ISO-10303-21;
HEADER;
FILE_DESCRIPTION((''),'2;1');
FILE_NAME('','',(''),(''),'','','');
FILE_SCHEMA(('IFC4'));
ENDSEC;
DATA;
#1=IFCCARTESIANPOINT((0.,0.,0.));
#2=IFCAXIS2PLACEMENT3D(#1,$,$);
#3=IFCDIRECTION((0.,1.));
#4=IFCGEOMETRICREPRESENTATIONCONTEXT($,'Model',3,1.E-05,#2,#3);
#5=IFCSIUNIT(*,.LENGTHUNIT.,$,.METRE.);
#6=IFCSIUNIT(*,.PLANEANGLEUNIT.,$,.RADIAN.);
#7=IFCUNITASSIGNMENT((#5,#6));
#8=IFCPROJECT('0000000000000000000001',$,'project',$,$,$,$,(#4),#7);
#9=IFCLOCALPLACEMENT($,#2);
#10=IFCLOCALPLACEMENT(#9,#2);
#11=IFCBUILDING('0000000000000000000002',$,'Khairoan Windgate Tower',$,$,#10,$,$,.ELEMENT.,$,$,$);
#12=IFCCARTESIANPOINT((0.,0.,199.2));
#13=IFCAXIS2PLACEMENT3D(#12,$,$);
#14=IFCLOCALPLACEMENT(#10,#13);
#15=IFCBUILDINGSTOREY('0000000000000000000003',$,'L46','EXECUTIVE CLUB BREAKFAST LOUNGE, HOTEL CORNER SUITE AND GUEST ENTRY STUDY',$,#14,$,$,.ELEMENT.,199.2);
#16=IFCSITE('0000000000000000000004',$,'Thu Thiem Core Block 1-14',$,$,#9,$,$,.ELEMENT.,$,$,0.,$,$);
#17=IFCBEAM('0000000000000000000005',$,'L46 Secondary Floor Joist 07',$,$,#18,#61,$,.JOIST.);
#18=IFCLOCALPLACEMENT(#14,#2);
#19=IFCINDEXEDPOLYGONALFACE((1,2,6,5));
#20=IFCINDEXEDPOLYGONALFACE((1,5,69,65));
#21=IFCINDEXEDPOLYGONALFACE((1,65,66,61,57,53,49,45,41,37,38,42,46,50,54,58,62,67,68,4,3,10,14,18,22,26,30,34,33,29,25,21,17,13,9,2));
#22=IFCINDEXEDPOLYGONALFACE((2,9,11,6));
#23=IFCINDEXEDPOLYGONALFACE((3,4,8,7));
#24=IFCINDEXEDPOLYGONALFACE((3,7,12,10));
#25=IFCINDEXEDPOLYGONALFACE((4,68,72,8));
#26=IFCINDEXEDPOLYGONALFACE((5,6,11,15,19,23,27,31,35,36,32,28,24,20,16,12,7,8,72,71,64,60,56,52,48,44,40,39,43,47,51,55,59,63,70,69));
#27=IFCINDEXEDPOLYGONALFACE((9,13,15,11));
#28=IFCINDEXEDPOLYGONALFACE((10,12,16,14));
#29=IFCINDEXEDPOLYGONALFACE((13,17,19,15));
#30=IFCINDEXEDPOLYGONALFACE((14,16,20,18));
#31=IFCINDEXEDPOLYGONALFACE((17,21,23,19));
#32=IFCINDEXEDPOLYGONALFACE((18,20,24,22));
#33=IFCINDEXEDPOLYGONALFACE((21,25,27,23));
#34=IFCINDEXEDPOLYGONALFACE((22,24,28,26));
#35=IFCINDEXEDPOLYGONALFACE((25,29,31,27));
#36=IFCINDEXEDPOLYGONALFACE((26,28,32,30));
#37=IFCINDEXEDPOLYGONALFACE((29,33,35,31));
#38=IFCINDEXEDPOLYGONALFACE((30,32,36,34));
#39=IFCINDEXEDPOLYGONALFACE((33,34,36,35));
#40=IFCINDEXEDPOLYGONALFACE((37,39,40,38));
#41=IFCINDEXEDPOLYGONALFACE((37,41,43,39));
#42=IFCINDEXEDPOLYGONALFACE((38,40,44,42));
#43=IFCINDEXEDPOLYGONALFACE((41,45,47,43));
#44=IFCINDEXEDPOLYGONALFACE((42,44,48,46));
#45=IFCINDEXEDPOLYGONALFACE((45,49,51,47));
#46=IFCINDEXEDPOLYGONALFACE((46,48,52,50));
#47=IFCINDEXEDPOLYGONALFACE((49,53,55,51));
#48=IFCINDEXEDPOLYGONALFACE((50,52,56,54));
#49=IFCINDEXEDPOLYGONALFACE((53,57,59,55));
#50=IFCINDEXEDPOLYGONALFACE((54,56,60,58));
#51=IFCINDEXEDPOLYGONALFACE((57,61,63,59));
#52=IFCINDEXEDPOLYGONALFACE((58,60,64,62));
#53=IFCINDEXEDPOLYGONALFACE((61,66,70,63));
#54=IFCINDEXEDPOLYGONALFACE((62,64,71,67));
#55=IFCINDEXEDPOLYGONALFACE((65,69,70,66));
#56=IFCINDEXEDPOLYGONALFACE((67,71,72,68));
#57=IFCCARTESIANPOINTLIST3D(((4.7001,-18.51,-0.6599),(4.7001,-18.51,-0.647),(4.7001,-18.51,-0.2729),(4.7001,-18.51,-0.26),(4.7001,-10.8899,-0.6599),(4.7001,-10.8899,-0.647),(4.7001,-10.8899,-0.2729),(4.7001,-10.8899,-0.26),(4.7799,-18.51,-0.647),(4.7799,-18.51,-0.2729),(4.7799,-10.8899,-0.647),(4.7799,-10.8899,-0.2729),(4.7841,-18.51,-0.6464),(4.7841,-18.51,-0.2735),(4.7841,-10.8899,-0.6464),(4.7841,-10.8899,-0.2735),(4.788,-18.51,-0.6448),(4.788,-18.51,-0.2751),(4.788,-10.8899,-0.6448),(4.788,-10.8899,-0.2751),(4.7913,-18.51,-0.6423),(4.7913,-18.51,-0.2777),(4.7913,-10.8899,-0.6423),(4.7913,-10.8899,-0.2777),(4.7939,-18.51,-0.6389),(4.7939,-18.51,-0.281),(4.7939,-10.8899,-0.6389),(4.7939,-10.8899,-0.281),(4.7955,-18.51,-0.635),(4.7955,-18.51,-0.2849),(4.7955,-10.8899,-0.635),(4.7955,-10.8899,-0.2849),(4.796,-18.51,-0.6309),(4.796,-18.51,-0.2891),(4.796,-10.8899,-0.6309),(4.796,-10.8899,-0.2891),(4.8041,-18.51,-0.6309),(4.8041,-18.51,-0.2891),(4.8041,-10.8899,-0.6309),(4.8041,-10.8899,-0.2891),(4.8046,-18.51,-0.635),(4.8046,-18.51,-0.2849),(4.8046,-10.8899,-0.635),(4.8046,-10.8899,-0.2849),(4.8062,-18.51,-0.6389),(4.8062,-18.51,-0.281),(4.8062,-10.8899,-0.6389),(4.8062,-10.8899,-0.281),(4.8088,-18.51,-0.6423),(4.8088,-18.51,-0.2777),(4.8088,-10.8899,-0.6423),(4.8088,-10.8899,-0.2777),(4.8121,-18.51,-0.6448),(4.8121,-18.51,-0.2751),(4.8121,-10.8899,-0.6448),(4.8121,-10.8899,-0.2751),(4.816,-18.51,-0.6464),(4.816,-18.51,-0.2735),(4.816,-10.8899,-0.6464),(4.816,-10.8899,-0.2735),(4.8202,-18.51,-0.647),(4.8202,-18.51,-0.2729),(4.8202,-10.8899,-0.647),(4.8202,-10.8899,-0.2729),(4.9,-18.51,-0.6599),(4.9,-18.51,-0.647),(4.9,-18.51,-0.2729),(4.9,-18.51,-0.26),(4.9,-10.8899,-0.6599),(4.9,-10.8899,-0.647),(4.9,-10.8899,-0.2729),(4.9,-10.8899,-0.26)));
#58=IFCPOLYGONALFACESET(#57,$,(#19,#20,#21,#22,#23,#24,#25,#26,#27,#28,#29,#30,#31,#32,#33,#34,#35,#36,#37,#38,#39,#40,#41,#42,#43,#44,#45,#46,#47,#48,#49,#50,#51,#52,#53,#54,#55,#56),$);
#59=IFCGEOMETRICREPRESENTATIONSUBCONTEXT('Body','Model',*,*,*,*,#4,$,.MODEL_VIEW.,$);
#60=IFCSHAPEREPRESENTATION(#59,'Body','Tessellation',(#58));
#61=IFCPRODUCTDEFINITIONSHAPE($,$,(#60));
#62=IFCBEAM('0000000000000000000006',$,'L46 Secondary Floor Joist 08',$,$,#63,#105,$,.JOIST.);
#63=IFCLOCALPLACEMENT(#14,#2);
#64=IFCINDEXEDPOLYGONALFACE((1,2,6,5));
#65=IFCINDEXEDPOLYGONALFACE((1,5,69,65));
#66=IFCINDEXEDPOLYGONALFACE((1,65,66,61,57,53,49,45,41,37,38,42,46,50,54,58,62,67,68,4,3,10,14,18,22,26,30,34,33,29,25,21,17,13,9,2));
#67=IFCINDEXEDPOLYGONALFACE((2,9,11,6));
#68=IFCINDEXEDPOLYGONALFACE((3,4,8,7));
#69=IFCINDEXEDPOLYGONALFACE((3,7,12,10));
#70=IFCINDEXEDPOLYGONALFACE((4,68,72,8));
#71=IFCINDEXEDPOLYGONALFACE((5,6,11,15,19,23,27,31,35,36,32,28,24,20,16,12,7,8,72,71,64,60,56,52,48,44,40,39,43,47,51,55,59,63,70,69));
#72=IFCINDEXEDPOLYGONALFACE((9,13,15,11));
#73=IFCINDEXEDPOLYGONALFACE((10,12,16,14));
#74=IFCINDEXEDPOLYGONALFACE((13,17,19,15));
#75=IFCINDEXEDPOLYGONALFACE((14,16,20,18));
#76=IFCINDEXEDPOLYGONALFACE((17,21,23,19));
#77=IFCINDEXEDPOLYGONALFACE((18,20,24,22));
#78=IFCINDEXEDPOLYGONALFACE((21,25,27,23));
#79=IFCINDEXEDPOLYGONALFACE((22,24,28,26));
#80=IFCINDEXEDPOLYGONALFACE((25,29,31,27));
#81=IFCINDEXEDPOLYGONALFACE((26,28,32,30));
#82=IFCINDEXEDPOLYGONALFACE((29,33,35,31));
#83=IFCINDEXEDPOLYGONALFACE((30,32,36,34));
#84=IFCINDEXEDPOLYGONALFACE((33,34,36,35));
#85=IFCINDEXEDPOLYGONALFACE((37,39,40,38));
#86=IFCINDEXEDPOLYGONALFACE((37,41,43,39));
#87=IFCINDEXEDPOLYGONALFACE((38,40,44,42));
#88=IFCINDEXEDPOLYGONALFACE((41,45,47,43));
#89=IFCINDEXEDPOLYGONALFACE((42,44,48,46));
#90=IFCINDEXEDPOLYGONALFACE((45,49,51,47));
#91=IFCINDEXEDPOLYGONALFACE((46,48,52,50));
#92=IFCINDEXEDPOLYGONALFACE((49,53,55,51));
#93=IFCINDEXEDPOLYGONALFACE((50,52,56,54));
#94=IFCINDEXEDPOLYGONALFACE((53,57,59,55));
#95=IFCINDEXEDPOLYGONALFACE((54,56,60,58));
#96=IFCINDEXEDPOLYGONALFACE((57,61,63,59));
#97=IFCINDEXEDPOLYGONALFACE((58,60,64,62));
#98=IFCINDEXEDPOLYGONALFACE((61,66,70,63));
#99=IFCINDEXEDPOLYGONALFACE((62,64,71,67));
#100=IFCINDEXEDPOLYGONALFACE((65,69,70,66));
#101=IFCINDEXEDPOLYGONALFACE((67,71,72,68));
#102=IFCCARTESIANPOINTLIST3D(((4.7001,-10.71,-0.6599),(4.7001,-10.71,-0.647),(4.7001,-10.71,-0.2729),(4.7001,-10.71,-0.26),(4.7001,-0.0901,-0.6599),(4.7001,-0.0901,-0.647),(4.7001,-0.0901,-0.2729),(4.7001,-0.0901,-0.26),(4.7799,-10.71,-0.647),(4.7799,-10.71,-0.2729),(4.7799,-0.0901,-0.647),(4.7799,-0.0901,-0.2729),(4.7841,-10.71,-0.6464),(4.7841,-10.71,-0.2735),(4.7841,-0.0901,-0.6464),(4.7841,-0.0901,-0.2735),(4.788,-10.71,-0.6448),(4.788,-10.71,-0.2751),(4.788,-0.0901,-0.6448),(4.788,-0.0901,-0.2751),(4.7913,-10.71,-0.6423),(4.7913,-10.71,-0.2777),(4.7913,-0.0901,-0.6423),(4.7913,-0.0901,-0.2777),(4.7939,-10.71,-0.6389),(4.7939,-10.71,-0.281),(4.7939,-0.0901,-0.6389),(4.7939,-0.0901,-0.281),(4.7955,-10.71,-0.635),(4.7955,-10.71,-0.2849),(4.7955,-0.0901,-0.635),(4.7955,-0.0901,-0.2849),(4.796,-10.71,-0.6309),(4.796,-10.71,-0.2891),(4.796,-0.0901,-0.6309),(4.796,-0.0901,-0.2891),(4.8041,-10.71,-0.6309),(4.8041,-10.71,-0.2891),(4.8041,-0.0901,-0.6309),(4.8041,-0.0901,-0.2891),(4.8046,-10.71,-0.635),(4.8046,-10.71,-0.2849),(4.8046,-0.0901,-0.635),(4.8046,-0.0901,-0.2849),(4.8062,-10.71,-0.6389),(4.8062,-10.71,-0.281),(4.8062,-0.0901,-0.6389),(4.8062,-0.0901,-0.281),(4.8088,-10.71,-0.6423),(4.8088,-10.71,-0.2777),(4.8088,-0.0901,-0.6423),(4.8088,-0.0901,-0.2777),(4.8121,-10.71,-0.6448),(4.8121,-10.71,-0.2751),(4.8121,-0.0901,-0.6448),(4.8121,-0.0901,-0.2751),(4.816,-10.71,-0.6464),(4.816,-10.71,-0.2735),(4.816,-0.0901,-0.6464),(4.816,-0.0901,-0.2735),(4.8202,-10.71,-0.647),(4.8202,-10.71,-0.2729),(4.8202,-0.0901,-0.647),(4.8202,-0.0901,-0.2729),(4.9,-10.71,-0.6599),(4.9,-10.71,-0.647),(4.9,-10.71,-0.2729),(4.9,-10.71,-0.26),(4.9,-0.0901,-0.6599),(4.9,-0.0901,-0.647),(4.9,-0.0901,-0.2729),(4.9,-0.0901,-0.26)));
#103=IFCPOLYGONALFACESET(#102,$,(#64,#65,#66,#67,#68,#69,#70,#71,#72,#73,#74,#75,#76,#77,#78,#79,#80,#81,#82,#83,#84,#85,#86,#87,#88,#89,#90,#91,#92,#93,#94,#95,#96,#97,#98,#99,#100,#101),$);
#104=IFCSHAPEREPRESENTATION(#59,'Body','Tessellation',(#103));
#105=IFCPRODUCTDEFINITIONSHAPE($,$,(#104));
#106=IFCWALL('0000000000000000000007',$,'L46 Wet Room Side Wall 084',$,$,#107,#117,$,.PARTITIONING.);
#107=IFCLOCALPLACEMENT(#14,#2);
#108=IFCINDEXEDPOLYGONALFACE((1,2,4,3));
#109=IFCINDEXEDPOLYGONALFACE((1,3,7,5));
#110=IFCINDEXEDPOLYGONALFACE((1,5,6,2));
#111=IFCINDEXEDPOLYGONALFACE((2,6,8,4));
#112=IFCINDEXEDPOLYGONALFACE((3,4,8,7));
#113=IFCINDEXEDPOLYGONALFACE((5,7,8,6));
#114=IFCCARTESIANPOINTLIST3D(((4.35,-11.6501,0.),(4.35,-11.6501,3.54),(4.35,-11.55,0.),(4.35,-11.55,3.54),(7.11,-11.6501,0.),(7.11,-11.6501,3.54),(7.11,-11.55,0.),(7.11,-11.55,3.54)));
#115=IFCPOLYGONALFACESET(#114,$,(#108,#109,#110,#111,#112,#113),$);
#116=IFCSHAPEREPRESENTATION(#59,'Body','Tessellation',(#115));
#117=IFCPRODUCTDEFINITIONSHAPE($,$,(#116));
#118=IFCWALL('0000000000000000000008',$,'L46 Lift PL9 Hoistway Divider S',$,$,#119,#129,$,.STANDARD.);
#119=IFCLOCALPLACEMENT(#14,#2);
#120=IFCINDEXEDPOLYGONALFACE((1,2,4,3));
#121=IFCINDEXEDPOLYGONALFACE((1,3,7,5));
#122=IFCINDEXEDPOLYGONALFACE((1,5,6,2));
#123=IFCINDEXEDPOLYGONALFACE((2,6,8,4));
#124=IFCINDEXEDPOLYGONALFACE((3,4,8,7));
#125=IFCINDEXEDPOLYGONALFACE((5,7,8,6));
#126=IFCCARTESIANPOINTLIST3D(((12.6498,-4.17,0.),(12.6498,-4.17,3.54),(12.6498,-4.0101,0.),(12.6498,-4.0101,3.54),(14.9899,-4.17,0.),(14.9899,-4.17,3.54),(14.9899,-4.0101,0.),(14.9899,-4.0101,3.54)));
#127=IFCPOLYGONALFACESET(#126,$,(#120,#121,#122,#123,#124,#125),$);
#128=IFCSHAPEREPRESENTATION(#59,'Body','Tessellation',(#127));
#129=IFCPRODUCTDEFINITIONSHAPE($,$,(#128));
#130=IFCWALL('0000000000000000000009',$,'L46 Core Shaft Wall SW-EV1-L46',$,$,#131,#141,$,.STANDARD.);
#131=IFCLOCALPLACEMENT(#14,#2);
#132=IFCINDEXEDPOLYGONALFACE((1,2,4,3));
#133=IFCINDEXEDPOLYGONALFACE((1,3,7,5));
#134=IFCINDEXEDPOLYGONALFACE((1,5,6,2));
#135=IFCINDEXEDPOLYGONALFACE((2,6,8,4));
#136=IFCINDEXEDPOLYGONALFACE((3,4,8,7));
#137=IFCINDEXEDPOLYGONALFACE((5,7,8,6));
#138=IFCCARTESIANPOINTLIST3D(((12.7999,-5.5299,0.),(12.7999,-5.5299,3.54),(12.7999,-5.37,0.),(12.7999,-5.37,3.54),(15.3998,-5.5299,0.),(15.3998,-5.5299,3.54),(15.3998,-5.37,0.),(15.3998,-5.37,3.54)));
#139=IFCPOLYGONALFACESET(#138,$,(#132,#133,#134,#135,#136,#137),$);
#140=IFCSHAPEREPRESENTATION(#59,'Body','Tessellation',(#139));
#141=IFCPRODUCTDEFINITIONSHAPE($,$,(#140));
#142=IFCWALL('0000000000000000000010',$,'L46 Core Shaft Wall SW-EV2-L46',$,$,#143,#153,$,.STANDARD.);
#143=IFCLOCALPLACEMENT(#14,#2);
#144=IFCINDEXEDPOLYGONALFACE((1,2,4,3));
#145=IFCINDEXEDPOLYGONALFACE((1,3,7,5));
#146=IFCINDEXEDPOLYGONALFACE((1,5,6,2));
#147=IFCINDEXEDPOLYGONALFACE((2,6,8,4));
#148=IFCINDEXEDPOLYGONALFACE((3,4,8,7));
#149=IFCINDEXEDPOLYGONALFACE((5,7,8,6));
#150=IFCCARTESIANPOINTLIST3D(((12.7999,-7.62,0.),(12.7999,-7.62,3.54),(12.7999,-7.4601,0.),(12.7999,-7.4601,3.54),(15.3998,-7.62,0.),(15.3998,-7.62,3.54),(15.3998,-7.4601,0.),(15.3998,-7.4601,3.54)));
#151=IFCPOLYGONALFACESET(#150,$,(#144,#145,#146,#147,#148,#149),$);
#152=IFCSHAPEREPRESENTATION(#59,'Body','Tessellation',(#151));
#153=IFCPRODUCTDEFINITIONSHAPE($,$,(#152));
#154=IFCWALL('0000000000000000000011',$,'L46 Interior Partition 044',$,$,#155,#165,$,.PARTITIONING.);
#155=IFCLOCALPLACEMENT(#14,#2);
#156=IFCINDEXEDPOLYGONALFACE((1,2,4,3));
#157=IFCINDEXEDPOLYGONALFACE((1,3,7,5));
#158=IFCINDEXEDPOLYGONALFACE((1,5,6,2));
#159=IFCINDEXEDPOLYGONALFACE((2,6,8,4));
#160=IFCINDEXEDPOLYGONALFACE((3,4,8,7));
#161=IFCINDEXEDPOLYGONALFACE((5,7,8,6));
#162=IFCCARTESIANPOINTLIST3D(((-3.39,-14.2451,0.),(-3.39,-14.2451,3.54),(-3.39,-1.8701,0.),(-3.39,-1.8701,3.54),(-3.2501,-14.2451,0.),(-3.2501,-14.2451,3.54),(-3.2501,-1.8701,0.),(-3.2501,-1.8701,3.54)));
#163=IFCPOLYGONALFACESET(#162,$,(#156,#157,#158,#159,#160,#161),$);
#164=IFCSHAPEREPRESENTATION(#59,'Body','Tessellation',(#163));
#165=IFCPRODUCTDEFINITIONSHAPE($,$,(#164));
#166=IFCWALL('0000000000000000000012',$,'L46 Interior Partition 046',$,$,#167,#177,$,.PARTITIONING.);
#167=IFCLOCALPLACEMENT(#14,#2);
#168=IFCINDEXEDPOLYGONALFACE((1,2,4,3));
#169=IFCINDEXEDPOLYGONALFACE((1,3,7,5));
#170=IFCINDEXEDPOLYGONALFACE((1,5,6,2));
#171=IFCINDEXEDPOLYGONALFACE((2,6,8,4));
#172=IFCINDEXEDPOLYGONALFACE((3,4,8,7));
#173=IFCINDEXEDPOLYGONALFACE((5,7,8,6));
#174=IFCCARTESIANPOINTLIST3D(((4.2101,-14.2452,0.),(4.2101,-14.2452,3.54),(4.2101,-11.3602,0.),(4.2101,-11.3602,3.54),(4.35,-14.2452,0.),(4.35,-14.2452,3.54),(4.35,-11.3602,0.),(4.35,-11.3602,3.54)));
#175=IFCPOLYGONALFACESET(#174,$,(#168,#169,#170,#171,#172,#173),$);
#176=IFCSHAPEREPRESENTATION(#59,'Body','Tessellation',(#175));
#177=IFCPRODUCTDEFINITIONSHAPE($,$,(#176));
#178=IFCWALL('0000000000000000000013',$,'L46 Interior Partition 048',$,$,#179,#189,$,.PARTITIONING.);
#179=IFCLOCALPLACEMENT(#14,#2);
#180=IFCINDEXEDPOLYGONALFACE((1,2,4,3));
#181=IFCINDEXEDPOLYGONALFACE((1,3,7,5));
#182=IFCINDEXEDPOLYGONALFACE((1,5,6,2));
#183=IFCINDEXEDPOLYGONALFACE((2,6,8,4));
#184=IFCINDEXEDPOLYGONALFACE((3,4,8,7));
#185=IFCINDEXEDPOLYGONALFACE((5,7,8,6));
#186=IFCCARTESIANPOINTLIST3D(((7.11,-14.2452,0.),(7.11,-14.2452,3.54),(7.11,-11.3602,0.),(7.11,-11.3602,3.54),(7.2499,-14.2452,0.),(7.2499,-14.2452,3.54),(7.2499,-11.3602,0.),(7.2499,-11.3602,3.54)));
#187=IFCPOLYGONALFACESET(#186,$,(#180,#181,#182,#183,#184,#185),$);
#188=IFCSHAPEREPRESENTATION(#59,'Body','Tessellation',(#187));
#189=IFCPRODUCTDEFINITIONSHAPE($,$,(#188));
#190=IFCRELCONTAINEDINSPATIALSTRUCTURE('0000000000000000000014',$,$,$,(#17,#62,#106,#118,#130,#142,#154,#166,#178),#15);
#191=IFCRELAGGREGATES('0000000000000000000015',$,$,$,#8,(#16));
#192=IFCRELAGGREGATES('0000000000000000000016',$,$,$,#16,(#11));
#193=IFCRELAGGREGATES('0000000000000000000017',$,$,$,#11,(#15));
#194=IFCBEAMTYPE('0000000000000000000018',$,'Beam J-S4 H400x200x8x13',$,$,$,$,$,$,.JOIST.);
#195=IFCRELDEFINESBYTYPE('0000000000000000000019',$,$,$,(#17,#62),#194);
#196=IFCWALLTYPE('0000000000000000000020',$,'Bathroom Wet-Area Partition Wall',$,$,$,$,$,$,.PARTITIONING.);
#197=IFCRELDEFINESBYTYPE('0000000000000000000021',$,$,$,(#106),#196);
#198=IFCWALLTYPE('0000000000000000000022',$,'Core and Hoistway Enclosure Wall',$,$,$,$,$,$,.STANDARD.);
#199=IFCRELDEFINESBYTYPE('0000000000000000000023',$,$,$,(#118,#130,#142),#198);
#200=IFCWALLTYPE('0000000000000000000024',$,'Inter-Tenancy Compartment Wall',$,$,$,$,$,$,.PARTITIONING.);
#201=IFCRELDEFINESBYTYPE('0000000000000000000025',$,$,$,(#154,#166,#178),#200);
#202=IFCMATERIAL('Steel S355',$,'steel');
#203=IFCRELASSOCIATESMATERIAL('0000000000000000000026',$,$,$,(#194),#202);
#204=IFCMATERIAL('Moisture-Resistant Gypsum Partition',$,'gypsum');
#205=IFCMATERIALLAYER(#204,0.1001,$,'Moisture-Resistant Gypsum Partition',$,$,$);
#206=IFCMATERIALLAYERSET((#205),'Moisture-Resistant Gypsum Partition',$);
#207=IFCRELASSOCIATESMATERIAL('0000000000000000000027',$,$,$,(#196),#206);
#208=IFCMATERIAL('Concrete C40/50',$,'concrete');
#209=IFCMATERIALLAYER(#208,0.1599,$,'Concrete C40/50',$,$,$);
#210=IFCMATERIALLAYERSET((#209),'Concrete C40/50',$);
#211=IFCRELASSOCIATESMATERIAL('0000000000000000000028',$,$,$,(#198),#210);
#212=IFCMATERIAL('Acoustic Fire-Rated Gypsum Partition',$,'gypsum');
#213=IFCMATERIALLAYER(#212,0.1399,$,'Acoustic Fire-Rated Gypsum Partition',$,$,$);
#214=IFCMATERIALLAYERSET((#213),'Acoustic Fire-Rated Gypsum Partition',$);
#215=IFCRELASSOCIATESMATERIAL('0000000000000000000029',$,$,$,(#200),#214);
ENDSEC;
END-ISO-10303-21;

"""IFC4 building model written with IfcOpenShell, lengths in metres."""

from ifc_helpers import new_model, si_unit, direction, frame, frame_2d, origin, origin_2d, place, context, subcontext, project, spatial, rectangle, i_section, extrude, material, layer, layer_set, material_profile, profile_set, type_object, element, save


model = new_model("IFC4")

# Units and contexts
model_context = context("Model", 3, precision=1e-05, world=origin(), true_north=direction((0.0, 1.0)))
body_context = subcontext(model_context, "Body", "Model", "MODEL_VIEW")
ifc_project = project(units=[si_unit("LENGTHUNIT", "METRE"), si_unit("PLANEANGLEUNIT", "RADIAN")], contexts=[model_context])

# Site, building, storey
site_placement = place(None, origin())
site = spatial("IfcSite", under=ifc_project, at=site_placement, Name="Thu Thiem Core Block 1-14", CompositionType="ELEMENT", RefElevation=0.0)
building_placement = place(site_placement, origin())
building = spatial("IfcBuilding", under=site, at=building_placement, Name="Khairoan Windgate Tower", CompositionType="ELEMENT")
storey_placement = place(building_placement, frame((0.0, 0.0, 199.2)))
storey = spatial("IfcBuildingStorey", under=building, at=storey_placement, Name="L46", Description="EXECUTIVE CLUB BREAKFAST LOUNGE, HOTEL CORNER SUITE AND GUEST ENTRY STUDY", CompositionType="ELEMENT", Elevation=199.2)

# Beams
ifc_material_1 = material(Name="Steel S355", Category="steel")
ifc_material_profile_1 = material_profile(ifc_material_1, i_section(OverallWidth=0.2, OverallDepth=0.3999, WebThickness=0.0081, FlangeThickness=0.0129, FilletRadius=0.0161, at=origin_2d()))
ifc_profile_set_1 = profile_set([ifc_material_profile_1], Name="Steel S355")
beam_type_1 = type_object("IfcBeamType", Name="Beam J-S4 H400x200x8x13", PredefinedType="JOIST", material=ifc_profile_set_1)
beam_1_placement = place(storey_placement, frame((4.8, -18.51, -0.46), z_axis=(0.0, 1.0, 0.0), x_axis=(-1.0, 0.0, 0.0)))
element("IfcBeam", 1, at=beam_1_placement, inside=storey, type_object=beam_type_1, Name="L46 Secondary Floor Joist 07", PredefinedType="JOIST", context=body_context, shape_type="SweptSolid", body=[
    extrude(i_section(OverallWidth=0.2, OverallDepth=0.3999, WebThickness=0.0081, FlangeThickness=0.0129, FilletRadius=0.0161, at=origin_2d()), origin(), (0.0, 0.0, 1.0), 7.6201),
])
beam_2_placement = place(storey_placement, frame((4.8, -10.71, -0.46), z_axis=(0.0, 1.0, 0.0), x_axis=(-1.0, 0.0, 0.0)))
element("IfcBeam", 2, at=beam_2_placement, inside=storey, type_object=beam_type_1, Name="L46 Secondary Floor Joist 08", PredefinedType="JOIST", context=body_context, shape_type="SweptSolid", body=[
    extrude(i_section(OverallWidth=0.2, OverallDepth=0.3999, WebThickness=0.0081, FlangeThickness=0.0129, FilletRadius=0.0161, at=origin_2d()), origin(), (0.0, 0.0, 1.0), 10.6199),
])

# Walls
ifc_material_2 = material(Name="Moisture-Resistant Gypsum Partition", Category="gypsum")
ifc_layer_1 = layer(ifc_material_2, 0.1001, Name="Moisture-Resistant Gypsum Partition")
ifc_layer_set_1 = layer_set([ifc_layer_1], Name="Moisture-Resistant Gypsum Partition")
wall_type_1 = type_object("IfcWallType", Name="Bathroom Wet-Area Partition Wall", PredefinedType="PARTITIONING", material=ifc_layer_set_1)
wall_1_placement = place(storey_placement, frame((4.3501, -11.6001, 0.0), z_axis=(0.0, 0.0, 1.0), x_axis=(1.0, 0.0, 0.0)))
element("IfcWall", 3, at=wall_1_placement, inside=storey, type_object=wall_type_1, Name="L46 Wet Room Side Wall 084", PredefinedType="PARTITIONING", context=body_context, shape_type="SweptSolid", body=[
    extrude(rectangle(XDim=2.76, YDim=0.1001, at=frame_2d((1.3799, 0.0))), origin(), (0.0, 0.0, 1.0), 3.54),
])
ifc_material_3 = material(Name="Concrete C40/50", Category="concrete")
ifc_layer_2 = layer(ifc_material_3, 0.1599, Name="Concrete C40/50")
ifc_layer_set_2 = layer_set([ifc_layer_2], Name="Concrete C40/50")
wall_type_2 = type_object("IfcWallType", Name="Core and Hoistway Enclosure Wall", PredefinedType="STANDARD", material=ifc_layer_set_2)
wall_2_placement = place(storey_placement, frame((12.6499, -4.0901, 0.0), z_axis=(0.0, 0.0, 1.0), x_axis=(1.0, 0.0, 0.0)))
element("IfcWall", 4, at=wall_2_placement, inside=storey, type_object=wall_type_2, Name="L46 Lift PL9 Hoistway Divider S", PredefinedType="STANDARD", context=body_context, shape_type="SweptSolid", body=[
    extrude(rectangle(XDim=2.3401, YDim=0.1599, at=frame_2d((1.1699, 0.0))), origin(), (0.0, 0.0, 1.0), 3.54),
])
for number, where, z_axis, x_axis, name in (
    (5, (12.8, -5.45, 0.0), (0.0, 0.0, 1.0), (1.0, 0.0, 0.0), "L46 Core Shaft Wall SW-EV1-L46"),
    (6, (12.8, -7.54, 0.0), (0.0, 0.0, 1.0), (1.0, 0.0, 0.0), "L46 Core Shaft Wall SW-EV2-L46"),
):
    element("IfcWall", number, at=place(storey_placement, frame(where, z_axis=z_axis, x_axis=x_axis)), inside=storey, type_object=wall_type_2, Name=name, PredefinedType="STANDARD", context=body_context, shape_type="SweptSolid", body=[
        extrude(rectangle(XDim=2.5999, YDim=0.1599, at=frame_2d((1.2998, 0.0))), origin(), (0.0, 0.0, 1.0), 3.54),
    ])
ifc_material_4 = material(Name="Acoustic Fire-Rated Gypsum Partition", Category="gypsum")
ifc_layer_3 = layer(ifc_material_4, 0.1399, Name="Acoustic Fire-Rated Gypsum Partition")
ifc_layer_set_3 = layer_set([ifc_layer_3], Name="Acoustic Fire-Rated Gypsum Partition")
wall_type_3 = type_object("IfcWallType", Name="Inter-Tenancy Compartment Wall", PredefinedType="PARTITIONING", material=ifc_layer_set_3)
wall_3_placement = place(storey_placement, frame((-3.3201, -14.2451, 0.0), z_axis=(0.0, 0.0, 1.0), x_axis=(0.0, 1.0, 0.0)))
element("IfcWall", 7, at=wall_3_placement, inside=storey, type_object=wall_type_3, Name="L46 Interior Partition 044", PredefinedType="PARTITIONING", context=body_context, shape_type="SweptSolid", body=[
    extrude(rectangle(XDim=12.375, YDim=0.1399, at=frame_2d((6.1875, 0.0))), origin(), (0.0, 0.0, 1.0), 3.54),
])
for number, where, z_axis, x_axis, name in (
    (8, (4.28, -14.2451, 0.0), (0.0, 0.0, 1.0), (0.0, 1.0, 0.0), "L46 Interior Partition 046"),
    (9, (7.1799, -14.2451, 0.0), (0.0, 0.0, 1.0), (0.0, 1.0, 0.0), "L46 Interior Partition 048"),
):
    element("IfcWall", number, at=place(storey_placement, frame(where, z_axis=z_axis, x_axis=x_axis)), inside=storey, type_object=wall_type_3, Name=name, PredefinedType="PARTITIONING", context=body_context, shape_type="SweptSolid", body=[
        extrude(rectangle(XDim=2.885, YDim=0.1399, at=frame_2d((1.4424, 0.0))), origin(), (0.0, 0.0, 1.0), 3.54),
    ])

save(model, "model.ifc")
